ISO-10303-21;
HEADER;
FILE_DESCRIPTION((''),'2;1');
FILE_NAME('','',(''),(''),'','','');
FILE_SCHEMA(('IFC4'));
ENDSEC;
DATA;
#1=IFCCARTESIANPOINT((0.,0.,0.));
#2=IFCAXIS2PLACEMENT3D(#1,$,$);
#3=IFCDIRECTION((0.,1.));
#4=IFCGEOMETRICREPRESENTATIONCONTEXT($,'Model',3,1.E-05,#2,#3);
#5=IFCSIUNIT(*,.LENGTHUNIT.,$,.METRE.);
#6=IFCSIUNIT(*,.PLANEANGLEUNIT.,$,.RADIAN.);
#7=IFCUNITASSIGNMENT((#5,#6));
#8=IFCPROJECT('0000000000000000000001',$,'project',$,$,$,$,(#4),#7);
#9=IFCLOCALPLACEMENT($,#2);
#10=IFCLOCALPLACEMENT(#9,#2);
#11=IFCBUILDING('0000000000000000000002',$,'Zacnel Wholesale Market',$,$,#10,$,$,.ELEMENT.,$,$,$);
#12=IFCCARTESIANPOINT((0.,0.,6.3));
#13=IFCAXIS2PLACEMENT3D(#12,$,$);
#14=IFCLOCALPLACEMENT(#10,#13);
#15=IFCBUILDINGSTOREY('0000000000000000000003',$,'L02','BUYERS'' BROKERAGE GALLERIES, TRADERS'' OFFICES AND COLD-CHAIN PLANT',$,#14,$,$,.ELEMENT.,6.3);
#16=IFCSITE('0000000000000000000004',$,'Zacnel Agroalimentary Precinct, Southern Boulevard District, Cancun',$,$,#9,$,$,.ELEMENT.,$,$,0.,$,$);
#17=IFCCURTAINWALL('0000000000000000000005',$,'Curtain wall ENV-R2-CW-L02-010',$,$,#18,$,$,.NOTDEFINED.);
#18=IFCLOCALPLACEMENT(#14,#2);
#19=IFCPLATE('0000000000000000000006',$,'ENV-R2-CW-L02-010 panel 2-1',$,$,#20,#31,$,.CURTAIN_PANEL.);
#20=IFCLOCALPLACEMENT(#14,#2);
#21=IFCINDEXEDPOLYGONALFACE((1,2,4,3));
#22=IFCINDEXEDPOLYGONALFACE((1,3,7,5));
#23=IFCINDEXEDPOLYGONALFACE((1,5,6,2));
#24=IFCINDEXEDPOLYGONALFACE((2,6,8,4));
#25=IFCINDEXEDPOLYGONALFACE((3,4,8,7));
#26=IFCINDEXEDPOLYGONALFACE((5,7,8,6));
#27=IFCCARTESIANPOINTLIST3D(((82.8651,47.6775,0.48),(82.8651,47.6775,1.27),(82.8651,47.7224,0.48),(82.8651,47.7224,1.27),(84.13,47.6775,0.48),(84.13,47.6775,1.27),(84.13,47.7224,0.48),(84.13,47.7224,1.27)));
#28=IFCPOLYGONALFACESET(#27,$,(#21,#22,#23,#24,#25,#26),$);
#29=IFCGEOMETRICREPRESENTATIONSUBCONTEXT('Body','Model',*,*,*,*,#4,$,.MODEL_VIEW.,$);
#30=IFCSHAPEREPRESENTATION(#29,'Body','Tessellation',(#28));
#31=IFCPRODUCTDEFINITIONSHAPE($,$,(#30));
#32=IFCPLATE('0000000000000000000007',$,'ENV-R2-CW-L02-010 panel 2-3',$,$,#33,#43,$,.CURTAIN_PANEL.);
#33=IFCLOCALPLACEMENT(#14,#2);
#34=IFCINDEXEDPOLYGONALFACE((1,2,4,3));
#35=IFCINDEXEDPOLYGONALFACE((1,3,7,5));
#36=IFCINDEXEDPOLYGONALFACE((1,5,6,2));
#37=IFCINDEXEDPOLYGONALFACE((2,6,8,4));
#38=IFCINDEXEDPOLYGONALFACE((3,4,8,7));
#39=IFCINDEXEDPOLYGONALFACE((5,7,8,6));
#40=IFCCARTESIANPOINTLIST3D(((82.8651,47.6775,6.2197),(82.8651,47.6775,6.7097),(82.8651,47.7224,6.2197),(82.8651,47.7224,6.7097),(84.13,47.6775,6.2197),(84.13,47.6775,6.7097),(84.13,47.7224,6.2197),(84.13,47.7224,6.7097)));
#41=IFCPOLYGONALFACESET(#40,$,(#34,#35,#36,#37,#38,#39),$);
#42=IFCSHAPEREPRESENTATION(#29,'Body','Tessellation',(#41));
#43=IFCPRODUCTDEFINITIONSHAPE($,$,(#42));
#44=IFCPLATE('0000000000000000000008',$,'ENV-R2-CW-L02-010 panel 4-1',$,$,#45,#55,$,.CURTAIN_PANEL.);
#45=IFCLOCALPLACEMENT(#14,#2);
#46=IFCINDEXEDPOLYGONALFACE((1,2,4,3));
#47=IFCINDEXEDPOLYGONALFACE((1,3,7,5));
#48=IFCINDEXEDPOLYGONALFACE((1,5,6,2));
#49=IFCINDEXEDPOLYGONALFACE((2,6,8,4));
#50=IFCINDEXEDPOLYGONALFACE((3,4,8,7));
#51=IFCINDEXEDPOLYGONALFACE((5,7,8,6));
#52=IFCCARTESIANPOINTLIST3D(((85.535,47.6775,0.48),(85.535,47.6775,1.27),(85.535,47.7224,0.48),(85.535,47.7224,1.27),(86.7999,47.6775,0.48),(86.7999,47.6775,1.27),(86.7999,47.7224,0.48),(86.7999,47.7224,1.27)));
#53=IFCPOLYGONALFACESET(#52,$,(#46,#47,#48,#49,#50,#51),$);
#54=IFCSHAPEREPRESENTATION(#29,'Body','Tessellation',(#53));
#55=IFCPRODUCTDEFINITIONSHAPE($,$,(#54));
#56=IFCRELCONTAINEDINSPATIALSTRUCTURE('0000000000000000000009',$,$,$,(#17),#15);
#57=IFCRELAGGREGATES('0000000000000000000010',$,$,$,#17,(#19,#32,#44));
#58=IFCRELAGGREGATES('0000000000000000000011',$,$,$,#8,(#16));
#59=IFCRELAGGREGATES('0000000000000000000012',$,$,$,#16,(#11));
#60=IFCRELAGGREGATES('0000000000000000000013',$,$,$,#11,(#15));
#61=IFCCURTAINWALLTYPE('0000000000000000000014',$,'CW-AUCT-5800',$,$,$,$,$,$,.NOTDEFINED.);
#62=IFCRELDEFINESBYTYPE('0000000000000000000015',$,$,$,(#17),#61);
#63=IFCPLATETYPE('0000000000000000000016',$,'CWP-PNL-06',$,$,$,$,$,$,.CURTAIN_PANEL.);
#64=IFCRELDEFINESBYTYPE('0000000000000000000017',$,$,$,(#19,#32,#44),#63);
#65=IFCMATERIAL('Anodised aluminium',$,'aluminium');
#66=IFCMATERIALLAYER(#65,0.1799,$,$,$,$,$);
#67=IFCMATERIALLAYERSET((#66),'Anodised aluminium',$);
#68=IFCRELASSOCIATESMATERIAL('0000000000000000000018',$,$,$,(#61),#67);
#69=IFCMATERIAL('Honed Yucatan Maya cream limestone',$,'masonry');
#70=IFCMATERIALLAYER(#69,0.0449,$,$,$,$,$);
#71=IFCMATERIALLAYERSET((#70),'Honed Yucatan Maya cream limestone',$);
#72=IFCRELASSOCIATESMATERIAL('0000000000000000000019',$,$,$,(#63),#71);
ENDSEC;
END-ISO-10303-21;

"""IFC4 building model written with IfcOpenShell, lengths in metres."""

from ifc_helpers import new_model, si_unit, direction, frame, origin, origin_2d, place, context, subcontext, project, spatial, rectangle, extrude, material, layer, layer_set, type_object, element, aggregate, save


model = new_model("IFC4")

# Units and contexts
model_context = context("Model", 3, precision=1e-05, world=origin(), true_north=direction((0.0, 1.0)))
body_context = subcontext(model_context, "Body", "Model", "MODEL_VIEW")
ifc_project = project(units=[si_unit("LENGTHUNIT", "METRE"), si_unit("PLANEANGLEUNIT", "RADIAN")], contexts=[model_context])

# Site, building, storey
site_placement = place(None, origin())
site = spatial("IfcSite", under=ifc_project, at=site_placement, Name="Zacnel Agroalimentary Precinct, Southern Boulevard District, Cancun", CompositionType="ELEMENT", RefElevation=0.0)
building_placement = place(site_placement, origin())
building = spatial("IfcBuilding", under=site, at=building_placement, Name="Zacnel Wholesale Market", CompositionType="ELEMENT")
storey_placement = place(building_placement, frame((0.0, 0.0, 6.3)))
storey = spatial("IfcBuildingStorey", under=building, at=storey_placement, Name="L02", Description="BUYERS' BROKERAGE GALLERIES, TRADERS' OFFICES AND COLD-CHAIN PLANT", CompositionType="ELEMENT", Elevation=6.3)

# Curtain wall, plates
ifc_material_1 = material(Name="Anodised aluminium", Category="aluminium")
ifc_layer_1 = layer(ifc_material_1, 0.1799)
ifc_layer_set_1 = layer_set([ifc_layer_1], Name="Anodised aluminium")
curtain_wall_type = type_object("IfcCurtainWallType", Name="CW-AUCT-5800", PredefinedType="NOTDEFINED", material=ifc_layer_set_1)
curtain_wall_placement = place(storey_placement, origin())
curtain_wall = element("IfcCurtainWall", 1, at=curtain_wall_placement, inside=storey, type_object=curtain_wall_type, Name="Curtain wall ENV-R2-CW-L02-010", PredefinedType="NOTDEFINED")
ifc_material_2 = material(Name="Honed Yucatan Maya cream limestone", Category="masonry")
ifc_layer_2 = layer(ifc_material_2, 0.0449)
ifc_layer_set_2 = layer_set([ifc_layer_2], Name="Honed Yucatan Maya cream limestone")
plate_type_1 = type_object("IfcPlateType", Name="CWP-PNL-06", PredefinedType="CURTAIN_PANEL", material=ifc_layer_set_2)
plate_1_placement = place(storey_placement, frame((83.4976, 47.7, 0.48), z_axis=(0.0, 0.0, 1.0), x_axis=(1.0, 0.0, 0.0)))
plate_1 = element("IfcPlate", 2, at=plate_1_placement, type_object=plate_type_1, Name="ENV-R2-CW-L02-010 panel 2-1", PredefinedType="CURTAIN_PANEL", context=body_context, shape_type="SweptSolid", body=[
    extrude(rectangle(XDim=1.2649, YDim=0.0449, at=origin_2d()), origin(), (0.0, 0.0, 1.0), 0.79),
])
plate_2_placement = place(storey_placement, frame((83.4976, 47.7, 6.2197), z_axis=(0.0, 0.0, 1.0), x_axis=(1.0, 0.0, 0.0)))
plate_2 = element("IfcPlate", 3, at=plate_2_placement, type_object=plate_type_1, Name="ENV-R2-CW-L02-010 panel 2-3", PredefinedType="CURTAIN_PANEL", context=body_context, shape_type="SweptSolid", body=[
    extrude(rectangle(XDim=1.2649, YDim=0.0449, at=origin_2d()), origin(), (0.0, 0.0, 1.0), 0.49),
])
plate_3_placement = place(storey_placement, frame((86.1675, 47.7, 0.48), z_axis=(0.0, 0.0, 1.0), x_axis=(1.0, 0.0, 0.0)))
plate_3 = element("IfcPlate", 4, at=plate_3_placement, type_object=plate_type_1, Name="ENV-R2-CW-L02-010 panel 4-1", PredefinedType="CURTAIN_PANEL", context=body_context, shape_type="SweptSolid", body=[
    extrude(rectangle(XDim=1.2649, YDim=0.0449, at=origin_2d()), origin(), (0.0, 0.0, 1.0), 0.79),
])
aggregate(curtain_wall, [plate_1, plate_2, plate_3])

save(model, "model.ifc")
